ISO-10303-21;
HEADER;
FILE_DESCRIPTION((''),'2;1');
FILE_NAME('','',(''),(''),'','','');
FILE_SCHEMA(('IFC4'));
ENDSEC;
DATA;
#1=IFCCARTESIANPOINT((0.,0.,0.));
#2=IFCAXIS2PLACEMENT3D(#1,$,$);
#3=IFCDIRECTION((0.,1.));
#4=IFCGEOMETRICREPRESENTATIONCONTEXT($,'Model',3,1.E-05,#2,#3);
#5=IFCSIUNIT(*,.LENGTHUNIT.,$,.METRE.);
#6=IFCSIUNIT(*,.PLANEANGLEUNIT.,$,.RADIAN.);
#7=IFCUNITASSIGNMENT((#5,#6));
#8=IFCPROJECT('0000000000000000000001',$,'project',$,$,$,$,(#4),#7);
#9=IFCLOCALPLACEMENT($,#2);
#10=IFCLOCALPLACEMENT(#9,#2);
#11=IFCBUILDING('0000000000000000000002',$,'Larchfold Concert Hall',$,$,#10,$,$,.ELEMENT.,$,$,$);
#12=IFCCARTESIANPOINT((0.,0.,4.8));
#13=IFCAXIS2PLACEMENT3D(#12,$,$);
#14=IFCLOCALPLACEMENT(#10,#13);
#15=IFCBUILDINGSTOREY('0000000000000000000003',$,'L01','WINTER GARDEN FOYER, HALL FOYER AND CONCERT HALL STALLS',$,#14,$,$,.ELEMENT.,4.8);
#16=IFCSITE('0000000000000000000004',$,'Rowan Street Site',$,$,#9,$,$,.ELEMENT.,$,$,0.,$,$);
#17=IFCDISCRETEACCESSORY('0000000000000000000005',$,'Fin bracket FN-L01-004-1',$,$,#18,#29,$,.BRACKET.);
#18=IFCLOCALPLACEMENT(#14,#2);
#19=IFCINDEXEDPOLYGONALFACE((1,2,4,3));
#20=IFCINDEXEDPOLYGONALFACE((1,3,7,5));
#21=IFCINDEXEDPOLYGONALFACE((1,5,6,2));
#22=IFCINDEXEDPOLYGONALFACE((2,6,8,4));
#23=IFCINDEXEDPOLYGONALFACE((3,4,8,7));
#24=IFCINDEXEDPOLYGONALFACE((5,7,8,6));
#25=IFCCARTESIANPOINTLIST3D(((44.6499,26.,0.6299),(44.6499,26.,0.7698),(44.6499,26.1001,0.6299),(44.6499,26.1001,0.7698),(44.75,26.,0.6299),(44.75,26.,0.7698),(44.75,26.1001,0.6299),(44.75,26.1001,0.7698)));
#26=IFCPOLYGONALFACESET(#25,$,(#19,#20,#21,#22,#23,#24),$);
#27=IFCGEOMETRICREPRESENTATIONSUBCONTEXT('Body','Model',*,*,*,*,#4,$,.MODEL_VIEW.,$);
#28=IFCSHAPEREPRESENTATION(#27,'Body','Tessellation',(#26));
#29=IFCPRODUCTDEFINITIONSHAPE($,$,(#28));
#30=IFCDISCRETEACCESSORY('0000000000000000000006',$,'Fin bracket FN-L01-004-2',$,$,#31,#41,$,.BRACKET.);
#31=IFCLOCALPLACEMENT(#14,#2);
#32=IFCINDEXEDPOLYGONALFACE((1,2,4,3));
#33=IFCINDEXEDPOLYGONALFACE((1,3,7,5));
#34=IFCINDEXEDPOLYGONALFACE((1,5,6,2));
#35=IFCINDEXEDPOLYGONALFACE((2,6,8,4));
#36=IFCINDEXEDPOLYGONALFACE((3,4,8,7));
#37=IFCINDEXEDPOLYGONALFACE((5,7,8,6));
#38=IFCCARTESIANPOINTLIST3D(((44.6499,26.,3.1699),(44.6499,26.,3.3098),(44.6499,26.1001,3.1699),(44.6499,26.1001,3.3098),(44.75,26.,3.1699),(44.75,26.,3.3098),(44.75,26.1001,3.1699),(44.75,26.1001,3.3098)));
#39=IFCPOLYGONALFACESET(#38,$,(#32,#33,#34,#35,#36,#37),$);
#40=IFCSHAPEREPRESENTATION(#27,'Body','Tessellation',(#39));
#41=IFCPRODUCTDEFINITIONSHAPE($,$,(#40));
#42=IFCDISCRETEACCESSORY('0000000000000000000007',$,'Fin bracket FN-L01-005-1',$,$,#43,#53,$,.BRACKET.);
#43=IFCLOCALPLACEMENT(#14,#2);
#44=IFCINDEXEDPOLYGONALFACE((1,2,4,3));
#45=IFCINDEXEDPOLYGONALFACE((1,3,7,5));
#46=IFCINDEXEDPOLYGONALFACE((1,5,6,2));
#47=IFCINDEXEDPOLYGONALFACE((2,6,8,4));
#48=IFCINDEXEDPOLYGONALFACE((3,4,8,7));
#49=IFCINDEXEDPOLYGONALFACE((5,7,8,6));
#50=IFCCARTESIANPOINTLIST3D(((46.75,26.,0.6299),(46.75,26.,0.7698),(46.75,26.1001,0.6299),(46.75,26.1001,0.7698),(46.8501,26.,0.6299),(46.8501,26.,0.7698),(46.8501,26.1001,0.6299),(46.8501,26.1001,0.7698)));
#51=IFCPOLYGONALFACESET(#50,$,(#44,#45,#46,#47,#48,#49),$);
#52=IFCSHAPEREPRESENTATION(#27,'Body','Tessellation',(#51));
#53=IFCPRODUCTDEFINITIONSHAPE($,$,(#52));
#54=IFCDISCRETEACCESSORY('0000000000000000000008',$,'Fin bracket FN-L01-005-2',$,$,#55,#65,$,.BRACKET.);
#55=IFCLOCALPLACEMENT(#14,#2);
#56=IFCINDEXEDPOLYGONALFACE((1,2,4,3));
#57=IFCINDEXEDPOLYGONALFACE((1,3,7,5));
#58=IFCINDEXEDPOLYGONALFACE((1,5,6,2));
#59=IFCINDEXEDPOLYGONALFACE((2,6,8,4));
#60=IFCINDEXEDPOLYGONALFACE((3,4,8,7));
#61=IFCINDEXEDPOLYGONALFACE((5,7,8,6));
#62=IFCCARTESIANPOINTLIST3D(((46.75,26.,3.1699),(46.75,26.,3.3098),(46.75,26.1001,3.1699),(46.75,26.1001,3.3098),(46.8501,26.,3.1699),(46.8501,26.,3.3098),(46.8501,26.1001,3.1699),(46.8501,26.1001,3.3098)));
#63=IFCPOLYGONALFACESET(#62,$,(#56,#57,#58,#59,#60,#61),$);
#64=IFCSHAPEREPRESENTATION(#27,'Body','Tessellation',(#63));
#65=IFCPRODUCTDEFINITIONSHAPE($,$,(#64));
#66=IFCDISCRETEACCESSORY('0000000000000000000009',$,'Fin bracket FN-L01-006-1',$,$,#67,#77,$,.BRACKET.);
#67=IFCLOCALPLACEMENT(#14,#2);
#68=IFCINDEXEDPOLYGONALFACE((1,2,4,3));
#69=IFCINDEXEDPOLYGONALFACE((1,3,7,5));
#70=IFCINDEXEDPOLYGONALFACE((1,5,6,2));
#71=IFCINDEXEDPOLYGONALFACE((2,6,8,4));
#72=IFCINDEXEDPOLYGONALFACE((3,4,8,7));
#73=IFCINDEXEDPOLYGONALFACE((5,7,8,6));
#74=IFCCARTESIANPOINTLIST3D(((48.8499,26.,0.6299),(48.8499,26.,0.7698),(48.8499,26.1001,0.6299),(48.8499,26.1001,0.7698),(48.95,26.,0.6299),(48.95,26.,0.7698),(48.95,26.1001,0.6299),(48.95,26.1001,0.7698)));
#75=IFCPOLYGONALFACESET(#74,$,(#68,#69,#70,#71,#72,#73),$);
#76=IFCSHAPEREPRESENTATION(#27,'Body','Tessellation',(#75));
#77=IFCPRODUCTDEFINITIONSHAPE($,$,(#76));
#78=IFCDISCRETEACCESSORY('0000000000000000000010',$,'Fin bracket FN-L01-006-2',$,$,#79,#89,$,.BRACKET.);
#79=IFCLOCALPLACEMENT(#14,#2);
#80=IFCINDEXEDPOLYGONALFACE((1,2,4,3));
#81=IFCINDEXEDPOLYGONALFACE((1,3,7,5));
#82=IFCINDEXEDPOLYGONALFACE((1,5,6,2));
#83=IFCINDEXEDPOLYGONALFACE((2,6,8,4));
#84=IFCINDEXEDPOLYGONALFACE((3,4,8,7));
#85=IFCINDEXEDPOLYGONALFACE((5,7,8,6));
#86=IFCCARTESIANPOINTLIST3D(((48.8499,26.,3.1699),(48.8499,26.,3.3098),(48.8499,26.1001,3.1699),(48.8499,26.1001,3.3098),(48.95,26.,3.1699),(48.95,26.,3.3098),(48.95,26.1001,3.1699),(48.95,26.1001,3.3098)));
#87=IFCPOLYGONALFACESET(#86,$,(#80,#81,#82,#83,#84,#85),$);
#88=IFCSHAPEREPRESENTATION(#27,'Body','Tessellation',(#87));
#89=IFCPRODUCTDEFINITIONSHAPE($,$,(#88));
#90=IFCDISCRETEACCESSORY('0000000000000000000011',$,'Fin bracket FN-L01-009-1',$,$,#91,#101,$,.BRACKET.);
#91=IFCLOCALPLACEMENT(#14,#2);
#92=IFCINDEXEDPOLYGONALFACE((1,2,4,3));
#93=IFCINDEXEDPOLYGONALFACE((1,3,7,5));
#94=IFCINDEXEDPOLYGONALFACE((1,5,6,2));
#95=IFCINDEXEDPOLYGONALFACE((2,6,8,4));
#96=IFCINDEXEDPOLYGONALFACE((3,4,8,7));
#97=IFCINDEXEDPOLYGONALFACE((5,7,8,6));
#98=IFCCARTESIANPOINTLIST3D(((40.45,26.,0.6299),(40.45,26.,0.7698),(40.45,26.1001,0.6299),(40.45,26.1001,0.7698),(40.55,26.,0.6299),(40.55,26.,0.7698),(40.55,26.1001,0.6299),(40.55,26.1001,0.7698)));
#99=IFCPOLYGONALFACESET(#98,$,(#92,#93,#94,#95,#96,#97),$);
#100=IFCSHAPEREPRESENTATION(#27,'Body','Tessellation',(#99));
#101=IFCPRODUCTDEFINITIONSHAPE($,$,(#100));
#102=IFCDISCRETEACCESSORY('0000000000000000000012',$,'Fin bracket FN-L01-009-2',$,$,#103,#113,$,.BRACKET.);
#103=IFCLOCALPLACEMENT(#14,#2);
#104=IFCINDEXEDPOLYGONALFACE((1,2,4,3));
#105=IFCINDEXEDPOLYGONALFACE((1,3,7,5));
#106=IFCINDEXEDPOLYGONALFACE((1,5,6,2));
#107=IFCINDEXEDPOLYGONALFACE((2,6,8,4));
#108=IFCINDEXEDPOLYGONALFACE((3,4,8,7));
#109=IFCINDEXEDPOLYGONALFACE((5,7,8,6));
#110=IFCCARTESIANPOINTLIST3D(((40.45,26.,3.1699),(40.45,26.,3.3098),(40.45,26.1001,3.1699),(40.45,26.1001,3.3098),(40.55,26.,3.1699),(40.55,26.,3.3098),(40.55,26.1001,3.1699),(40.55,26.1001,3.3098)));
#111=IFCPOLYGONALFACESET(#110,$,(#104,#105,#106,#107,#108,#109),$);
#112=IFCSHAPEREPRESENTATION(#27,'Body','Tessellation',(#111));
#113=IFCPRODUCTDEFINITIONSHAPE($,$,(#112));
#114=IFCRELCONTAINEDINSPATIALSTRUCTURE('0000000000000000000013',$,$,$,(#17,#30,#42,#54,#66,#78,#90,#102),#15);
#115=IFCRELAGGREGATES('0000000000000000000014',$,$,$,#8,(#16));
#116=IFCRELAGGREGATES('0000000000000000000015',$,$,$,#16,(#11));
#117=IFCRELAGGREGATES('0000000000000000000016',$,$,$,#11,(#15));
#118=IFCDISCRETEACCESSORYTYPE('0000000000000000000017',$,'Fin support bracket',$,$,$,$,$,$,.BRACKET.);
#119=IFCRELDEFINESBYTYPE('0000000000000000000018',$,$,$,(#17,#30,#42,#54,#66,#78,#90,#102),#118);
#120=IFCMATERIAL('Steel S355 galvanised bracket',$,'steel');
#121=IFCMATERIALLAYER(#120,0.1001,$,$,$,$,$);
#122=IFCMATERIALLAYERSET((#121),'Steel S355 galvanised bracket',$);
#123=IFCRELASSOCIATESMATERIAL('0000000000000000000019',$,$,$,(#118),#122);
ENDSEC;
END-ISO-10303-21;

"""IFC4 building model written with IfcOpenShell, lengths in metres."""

from ifc_helpers import new_model, si_unit, direction, frame, origin, origin_2d, place, context, subcontext, project, spatial, rectangle, extrude, material, layer, layer_set, type_object, element, save


model = new_model("IFC4")

# Units and contexts
model_context = context("Model", 3, precision=1e-05, world=origin(), true_north=direction((0.0, 1.0)))
body_context = subcontext(model_context, "Body", "Model", "MODEL_VIEW")
ifc_project = project(units=[si_unit("LENGTHUNIT", "METRE"), si_unit("PLANEANGLEUNIT", "RADIAN")], contexts=[model_context])

# Site, building, storey
site_placement = place(None, origin())
site = spatial("IfcSite", under=ifc_project, at=site_placement, Name="Rowan Street Site", CompositionType="ELEMENT", RefElevation=0.0)
building_placement = place(site_placement, origin())
building = spatial("IfcBuilding", under=site, at=building_placement, Name="Larchfold Concert Hall", CompositionType="ELEMENT")
storey_placement = place(building_placement, frame((0.0, 0.0, 4.8)))
storey = spatial("IfcBuildingStorey", under=building, at=storey_placement, Name="L01", Description="WINTER GARDEN FOYER, HALL FOYER AND CONCERT HALL STALLS", CompositionType="ELEMENT", Elevation=4.8)

# Discrete accessories
ifc_material_1 = material(Name="Steel S355 galvanised bracket", Category="steel")
ifc_layer_1 = layer(ifc_material_1, 0.1001)
ifc_layer_set_1 = layer_set([ifc_layer_1], Name="Steel S355 galvanised bracket")
discrete_accessory_type = type_object("IfcDiscreteAccessoryType", Name="Fin support bracket", PredefinedType="BRACKET", material=ifc_layer_set_1)
for number, where, z_axis, x_axis, name in (
    (1, (44.7, 26.05, 0.6299), (0.0, 0.0, 1.0), (0.0, 1.0, 0.0), "Fin bracket FN-L01-004-1"),
    (2, (44.7, 26.05, 3.1699), (0.0, 0.0, 1.0), (0.0, 1.0, 0.0), "Fin bracket FN-L01-004-2"),
    (3, (46.8, 26.05, 0.6299), (0.0, 0.0, 1.0), (0.0, 1.0, 0.0), "Fin bracket FN-L01-005-1"),
    (4, (46.8, 26.05, 3.1699), (0.0, 0.0, 1.0), (0.0, 1.0, 0.0), "Fin bracket FN-L01-005-2"),
    (5, (48.8999, 26.05, 0.6299), (0.0, 0.0, 1.0), (0.0, 1.0, 0.0), "Fin bracket FN-L01-006-1"),
    (6, (48.8999, 26.05, 3.1699), (0.0, 0.0, 1.0), (0.0, 1.0, 0.0), "Fin bracket FN-L01-006-2"),
    (7, (40.5, 26.05, 0.6299), (0.0, 0.0, 1.0), (0.0, 1.0, 0.0), "Fin bracket FN-L01-009-1"),
    (8, (40.5, 26.05, 3.1699), (0.0, 0.0, 1.0), (0.0, 1.0, 0.0), "Fin bracket FN-L01-009-2"),
):
    element("IfcDiscreteAccessory", number, at=place(storey_placement, frame(where, z_axis=z_axis, x_axis=x_axis)), inside=storey, type_object=discrete_accessory_type, Name=name, PredefinedType="BRACKET", context=body_context, shape_type="SweptSolid", body=[
        extrude(rectangle(XDim=0.1001, YDim=0.1001, at=origin_2d()), origin(), (0.0, 0.0, 1.0), 0.1399),
    ])

save(model, "model.ifc")
